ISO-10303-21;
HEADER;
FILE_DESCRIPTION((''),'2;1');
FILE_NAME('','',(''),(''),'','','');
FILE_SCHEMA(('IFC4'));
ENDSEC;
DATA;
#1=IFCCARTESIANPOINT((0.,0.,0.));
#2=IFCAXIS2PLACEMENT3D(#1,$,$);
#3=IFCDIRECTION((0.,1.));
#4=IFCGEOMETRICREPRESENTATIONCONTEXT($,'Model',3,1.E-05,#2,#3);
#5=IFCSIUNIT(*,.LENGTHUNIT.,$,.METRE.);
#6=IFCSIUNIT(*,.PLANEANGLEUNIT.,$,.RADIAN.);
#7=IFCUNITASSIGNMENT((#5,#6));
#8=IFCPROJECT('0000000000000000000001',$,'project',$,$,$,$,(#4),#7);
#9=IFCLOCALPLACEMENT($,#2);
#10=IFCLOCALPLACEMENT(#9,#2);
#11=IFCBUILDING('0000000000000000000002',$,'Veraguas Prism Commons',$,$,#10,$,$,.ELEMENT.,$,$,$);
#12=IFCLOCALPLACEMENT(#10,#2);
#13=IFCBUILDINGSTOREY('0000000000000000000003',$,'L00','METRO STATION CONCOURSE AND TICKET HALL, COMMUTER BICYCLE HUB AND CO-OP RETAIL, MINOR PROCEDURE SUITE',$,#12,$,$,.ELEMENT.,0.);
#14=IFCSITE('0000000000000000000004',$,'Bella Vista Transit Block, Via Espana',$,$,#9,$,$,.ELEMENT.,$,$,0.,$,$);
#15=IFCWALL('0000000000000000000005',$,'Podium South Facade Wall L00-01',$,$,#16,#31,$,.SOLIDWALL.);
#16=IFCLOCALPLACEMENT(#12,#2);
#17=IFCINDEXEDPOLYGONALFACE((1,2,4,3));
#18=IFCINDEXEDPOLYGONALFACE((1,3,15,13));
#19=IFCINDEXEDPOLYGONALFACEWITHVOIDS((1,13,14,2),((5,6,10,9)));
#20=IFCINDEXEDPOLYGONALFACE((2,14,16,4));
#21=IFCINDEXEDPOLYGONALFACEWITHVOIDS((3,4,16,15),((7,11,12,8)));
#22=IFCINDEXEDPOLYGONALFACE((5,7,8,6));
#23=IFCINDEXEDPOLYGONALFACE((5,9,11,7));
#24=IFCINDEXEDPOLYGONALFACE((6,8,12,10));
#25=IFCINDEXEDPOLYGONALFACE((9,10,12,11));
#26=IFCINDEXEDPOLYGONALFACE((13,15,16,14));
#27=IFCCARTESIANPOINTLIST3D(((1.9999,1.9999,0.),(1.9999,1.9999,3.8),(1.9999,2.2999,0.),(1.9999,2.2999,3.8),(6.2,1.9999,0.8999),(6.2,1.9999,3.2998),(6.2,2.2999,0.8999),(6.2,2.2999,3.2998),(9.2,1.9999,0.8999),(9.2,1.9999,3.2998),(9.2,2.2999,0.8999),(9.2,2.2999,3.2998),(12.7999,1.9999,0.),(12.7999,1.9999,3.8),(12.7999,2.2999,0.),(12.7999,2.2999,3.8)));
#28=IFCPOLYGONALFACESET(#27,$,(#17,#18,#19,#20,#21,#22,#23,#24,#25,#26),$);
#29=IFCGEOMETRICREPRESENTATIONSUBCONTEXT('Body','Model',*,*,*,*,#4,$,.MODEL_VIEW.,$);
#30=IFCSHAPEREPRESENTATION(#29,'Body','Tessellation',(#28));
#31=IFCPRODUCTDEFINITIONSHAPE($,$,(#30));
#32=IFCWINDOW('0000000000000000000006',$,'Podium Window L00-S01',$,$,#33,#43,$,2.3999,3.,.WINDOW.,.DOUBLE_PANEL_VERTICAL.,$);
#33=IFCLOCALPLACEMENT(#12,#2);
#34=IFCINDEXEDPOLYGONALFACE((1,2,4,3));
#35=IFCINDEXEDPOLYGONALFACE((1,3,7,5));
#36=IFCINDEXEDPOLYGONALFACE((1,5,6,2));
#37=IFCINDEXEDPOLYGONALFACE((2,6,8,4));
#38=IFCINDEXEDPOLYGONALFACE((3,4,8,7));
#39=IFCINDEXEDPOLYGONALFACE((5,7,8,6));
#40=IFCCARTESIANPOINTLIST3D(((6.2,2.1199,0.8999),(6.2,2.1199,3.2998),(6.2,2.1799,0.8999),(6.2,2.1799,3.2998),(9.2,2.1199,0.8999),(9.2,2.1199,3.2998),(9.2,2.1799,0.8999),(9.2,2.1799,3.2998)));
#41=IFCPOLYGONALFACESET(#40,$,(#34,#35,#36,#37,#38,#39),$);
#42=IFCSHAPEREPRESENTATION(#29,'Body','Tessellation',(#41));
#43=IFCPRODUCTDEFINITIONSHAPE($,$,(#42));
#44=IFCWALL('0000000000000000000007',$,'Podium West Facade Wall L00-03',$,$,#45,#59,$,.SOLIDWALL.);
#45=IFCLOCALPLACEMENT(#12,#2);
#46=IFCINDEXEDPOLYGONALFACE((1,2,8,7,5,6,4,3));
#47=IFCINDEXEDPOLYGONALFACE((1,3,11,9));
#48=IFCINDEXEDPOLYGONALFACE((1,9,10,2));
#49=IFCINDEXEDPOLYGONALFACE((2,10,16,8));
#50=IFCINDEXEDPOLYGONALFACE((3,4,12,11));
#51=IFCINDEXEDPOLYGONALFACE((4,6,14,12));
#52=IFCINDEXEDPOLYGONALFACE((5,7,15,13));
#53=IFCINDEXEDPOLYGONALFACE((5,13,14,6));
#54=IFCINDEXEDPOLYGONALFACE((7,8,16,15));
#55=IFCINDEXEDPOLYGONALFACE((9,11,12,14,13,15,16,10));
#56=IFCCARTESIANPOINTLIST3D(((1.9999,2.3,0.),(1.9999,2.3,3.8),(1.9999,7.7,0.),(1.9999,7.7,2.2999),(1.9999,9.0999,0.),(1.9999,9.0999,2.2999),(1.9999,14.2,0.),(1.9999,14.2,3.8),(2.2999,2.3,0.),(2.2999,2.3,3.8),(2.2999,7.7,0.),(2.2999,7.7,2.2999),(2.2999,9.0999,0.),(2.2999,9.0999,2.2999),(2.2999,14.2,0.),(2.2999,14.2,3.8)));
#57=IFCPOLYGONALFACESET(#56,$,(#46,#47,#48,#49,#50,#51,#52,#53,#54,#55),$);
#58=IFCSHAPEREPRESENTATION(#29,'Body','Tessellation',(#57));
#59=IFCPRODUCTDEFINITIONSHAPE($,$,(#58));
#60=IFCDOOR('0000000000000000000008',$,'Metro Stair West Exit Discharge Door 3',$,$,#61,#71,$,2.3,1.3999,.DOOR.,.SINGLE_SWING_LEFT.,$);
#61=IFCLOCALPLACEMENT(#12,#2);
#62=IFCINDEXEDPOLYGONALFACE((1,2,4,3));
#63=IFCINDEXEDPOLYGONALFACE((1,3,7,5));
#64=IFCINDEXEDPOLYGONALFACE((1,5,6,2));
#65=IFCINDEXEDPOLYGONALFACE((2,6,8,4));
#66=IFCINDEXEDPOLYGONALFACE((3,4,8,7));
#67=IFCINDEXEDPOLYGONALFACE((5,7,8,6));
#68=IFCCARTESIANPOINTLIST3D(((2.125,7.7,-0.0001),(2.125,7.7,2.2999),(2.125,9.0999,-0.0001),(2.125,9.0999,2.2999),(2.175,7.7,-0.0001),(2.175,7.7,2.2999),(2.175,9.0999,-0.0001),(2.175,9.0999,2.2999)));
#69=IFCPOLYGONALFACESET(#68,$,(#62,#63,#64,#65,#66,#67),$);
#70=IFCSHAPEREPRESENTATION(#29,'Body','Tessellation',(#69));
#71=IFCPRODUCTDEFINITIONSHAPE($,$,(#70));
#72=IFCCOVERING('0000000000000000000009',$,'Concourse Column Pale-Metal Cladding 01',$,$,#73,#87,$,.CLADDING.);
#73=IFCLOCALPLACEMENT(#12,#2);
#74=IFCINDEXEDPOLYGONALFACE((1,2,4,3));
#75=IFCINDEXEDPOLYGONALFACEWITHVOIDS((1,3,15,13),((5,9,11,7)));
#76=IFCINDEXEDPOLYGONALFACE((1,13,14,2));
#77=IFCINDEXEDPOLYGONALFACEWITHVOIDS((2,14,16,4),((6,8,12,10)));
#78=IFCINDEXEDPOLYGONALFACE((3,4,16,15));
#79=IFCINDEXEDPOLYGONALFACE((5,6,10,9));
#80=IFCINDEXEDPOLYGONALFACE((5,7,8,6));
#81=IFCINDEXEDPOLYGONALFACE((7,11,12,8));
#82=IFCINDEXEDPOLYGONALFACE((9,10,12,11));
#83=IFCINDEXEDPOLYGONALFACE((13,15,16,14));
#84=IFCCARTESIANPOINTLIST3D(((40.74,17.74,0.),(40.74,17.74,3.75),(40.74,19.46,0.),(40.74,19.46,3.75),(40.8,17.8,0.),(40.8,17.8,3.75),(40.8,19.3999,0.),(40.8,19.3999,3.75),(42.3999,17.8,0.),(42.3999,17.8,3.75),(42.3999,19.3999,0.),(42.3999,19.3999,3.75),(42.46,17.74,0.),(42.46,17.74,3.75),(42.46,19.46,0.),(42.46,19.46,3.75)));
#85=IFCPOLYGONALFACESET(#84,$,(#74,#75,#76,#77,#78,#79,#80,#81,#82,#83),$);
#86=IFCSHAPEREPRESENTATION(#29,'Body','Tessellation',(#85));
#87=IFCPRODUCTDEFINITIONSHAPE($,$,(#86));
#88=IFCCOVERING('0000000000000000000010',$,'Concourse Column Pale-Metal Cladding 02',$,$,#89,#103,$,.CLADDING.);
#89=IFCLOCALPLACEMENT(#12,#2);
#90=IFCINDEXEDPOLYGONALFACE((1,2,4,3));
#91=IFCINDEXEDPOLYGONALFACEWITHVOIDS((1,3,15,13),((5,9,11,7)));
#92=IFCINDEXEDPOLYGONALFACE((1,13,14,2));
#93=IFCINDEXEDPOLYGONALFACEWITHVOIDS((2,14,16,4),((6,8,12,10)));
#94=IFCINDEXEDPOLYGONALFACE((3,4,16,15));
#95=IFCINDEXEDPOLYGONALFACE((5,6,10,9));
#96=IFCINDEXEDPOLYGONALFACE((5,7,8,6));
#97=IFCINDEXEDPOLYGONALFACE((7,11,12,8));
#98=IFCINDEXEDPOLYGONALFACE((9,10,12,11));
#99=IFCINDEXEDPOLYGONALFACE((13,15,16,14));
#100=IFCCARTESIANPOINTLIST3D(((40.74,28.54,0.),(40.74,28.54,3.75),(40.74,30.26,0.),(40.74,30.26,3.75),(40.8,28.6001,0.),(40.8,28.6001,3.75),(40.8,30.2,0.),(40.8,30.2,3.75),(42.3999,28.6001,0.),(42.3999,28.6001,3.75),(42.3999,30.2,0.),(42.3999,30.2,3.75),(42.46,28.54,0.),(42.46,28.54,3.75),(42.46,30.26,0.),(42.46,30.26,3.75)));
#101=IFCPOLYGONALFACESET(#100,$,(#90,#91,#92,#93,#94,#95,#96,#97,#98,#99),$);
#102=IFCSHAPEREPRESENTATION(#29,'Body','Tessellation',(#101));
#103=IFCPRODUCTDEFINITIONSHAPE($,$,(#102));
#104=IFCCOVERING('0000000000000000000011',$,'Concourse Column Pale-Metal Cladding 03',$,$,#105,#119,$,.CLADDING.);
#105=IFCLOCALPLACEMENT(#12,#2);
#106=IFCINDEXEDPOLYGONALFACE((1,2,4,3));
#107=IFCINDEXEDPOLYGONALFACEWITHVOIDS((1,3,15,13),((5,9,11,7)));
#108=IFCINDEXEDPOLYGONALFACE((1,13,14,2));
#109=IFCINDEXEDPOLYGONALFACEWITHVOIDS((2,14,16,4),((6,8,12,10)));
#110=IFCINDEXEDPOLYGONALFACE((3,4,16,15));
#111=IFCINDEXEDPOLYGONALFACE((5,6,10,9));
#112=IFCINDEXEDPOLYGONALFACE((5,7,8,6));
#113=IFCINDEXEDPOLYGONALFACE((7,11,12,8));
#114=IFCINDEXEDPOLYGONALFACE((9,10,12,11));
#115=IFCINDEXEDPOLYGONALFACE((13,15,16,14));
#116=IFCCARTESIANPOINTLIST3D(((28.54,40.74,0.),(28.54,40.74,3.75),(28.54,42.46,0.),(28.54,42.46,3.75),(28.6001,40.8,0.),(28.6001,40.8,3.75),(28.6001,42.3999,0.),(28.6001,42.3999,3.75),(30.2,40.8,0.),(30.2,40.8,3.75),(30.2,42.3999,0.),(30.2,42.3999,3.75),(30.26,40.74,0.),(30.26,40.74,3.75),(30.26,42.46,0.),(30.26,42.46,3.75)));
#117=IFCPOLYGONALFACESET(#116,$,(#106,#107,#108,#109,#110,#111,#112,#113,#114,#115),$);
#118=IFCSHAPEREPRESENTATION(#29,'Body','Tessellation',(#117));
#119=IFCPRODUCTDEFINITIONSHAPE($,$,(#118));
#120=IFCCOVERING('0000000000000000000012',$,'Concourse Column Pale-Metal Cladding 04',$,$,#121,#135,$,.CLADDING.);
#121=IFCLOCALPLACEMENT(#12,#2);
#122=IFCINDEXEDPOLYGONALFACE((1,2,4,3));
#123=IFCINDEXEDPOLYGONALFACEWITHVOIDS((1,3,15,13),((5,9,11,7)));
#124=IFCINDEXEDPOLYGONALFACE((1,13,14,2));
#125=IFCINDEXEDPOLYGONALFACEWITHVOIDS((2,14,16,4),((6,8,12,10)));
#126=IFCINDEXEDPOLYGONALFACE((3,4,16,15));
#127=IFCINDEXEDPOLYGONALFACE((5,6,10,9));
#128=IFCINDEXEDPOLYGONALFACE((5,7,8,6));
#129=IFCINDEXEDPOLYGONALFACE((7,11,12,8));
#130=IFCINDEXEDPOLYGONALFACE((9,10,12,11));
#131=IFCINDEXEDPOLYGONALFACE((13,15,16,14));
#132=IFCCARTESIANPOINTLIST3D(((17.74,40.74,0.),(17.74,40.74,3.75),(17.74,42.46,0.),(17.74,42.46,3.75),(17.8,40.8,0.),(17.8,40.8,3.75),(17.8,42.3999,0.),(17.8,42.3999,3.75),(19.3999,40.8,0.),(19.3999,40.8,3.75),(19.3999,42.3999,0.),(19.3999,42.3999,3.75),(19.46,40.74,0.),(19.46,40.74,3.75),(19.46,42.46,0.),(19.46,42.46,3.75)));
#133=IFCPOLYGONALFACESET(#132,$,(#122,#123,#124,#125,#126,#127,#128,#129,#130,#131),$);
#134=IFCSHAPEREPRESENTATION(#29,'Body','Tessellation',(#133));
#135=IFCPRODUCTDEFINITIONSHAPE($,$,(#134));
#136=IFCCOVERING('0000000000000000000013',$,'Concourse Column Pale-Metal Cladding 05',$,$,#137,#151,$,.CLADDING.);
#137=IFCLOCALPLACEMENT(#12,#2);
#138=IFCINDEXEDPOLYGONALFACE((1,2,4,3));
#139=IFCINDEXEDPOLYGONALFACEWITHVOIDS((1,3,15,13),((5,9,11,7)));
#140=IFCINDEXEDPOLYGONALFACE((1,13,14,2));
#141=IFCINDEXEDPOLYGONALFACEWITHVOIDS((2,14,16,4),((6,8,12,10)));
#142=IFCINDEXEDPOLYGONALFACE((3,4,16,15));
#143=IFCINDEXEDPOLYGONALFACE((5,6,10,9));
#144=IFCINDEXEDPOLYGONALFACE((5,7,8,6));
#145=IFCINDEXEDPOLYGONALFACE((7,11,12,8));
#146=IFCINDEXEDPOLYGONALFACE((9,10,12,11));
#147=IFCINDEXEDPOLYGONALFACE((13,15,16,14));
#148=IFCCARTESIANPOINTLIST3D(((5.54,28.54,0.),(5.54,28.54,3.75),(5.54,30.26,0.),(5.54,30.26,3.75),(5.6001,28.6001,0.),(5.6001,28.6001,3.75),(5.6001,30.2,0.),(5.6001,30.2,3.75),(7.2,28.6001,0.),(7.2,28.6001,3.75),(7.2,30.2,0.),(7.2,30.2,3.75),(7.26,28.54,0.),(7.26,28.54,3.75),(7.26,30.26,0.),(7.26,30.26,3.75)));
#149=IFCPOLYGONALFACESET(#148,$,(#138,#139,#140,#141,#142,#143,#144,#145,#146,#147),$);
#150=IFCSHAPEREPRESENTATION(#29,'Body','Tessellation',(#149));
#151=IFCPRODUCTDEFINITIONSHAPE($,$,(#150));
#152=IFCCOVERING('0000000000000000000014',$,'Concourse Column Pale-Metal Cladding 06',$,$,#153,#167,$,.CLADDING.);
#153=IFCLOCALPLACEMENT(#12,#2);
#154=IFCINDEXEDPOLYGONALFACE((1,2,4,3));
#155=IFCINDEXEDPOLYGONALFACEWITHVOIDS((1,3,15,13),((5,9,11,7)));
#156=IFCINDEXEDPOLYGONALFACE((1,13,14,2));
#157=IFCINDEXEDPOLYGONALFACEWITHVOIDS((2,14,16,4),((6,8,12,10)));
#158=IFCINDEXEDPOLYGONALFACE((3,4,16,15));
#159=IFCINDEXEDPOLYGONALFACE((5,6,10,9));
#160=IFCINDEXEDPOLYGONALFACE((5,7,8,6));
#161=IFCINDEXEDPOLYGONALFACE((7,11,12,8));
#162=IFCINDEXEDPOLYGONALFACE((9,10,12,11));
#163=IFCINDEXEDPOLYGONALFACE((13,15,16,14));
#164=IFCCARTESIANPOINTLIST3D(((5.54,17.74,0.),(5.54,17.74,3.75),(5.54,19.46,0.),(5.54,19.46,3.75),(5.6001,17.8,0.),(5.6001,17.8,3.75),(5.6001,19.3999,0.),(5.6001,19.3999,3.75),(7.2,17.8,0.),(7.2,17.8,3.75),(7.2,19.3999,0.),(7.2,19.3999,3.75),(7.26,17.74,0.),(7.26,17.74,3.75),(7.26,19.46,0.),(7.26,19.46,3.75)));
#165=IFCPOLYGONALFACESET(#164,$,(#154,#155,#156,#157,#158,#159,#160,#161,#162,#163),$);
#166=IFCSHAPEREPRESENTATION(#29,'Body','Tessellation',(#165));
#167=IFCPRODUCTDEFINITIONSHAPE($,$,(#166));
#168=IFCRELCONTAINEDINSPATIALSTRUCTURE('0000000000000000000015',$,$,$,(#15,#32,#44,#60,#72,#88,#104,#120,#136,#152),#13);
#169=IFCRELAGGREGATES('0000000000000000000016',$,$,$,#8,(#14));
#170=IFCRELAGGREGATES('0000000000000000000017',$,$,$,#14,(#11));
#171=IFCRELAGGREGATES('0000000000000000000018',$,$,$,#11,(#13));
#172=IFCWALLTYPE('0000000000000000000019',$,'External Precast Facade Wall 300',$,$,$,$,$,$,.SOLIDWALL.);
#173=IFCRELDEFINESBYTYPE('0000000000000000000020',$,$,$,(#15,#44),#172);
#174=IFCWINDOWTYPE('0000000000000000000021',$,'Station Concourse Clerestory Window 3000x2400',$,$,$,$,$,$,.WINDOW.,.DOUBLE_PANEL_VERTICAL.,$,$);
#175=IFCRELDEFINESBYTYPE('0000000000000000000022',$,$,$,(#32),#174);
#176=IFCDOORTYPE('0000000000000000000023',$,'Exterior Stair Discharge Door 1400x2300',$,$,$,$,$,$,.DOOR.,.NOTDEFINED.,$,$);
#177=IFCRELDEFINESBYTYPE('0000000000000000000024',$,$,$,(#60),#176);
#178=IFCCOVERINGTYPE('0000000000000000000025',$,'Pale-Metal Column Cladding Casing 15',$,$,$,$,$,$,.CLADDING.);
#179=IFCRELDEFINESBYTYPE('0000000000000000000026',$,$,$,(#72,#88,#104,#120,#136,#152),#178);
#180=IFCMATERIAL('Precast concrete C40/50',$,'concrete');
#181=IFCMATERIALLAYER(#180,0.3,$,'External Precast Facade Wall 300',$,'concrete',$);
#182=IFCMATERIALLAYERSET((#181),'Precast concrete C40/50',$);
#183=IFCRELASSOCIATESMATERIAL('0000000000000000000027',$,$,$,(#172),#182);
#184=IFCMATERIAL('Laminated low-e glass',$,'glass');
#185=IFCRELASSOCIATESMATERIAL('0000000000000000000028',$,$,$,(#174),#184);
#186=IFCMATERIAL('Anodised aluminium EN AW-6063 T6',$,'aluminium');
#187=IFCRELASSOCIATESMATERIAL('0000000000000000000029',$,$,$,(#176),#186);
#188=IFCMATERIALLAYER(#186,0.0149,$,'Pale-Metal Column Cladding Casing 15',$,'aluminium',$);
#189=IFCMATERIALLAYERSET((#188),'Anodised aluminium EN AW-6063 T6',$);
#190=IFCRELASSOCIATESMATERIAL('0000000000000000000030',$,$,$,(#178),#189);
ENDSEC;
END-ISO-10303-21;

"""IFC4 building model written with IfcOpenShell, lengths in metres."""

from ifc_helpers import new_model, si_unit, direction, frame, frame_2d, origin, place, context, subcontext, project, spatial, polyline, rectangle, outline, extrude, source, transform, mapped, material, layer, layer_set, type_object, element, fill, save


model = new_model("IFC4")

# Units and contexts
model_context = context("Model", 3, precision=1e-05, world=origin(), true_north=direction((0.0, 1.0)))
body_context = subcontext(model_context, "Body", "Model", "MODEL_VIEW")
ifc_project = project(units=[si_unit("LENGTHUNIT", "METRE"), si_unit("PLANEANGLEUNIT", "RADIAN")], contexts=[model_context])

# Site, building, storey
site_placement = place(None, origin())
site = spatial("IfcSite", under=ifc_project, at=site_placement, Name="Bella Vista Transit Block, Via Espana", CompositionType="ELEMENT", RefElevation=0.0)
building_placement = place(site_placement, origin())
building = spatial("IfcBuilding", under=site, at=building_placement, Name="Veraguas Prism Commons", CompositionType="ELEMENT")
storey_placement = place(building_placement, origin())
storey = spatial("IfcBuildingStorey", under=building, at=storey_placement, Name="L00", Description="METRO STATION CONCOURSE AND TICKET HALL, COMMUTER BICYCLE HUB AND CO-OP RETAIL, MINOR PROCEDURE SUITE", CompositionType="ELEMENT", Elevation=0.0)

# Shared definitions
ifc_material_1 = material(Name="Anodised aluminium EN AW-6063 T6", Category="aluminium")
ifc_material_2 = material(Name="Laminated low-e glass", Category="glass")

# Wall, opening, window
ifc_material_3 = material(Name="Precast concrete C40/50", Category="concrete")
ifc_layer_1 = layer(ifc_material_3, 0.3, Name="External Precast Facade Wall 300", Category="concrete")
ifc_layer_set_1 = layer_set([ifc_layer_1], Name="Precast concrete C40/50")
wall_type_1 = type_object("IfcWallType", Name="External Precast Facade Wall 300", PredefinedType="SOLIDWALL", material=ifc_layer_set_1)
wall_1_placement = place(storey_placement, frame((2.0, 2.1499, 0.0), z_axis=(0.0, 0.0, 1.0), x_axis=(1.0, 0.0, 0.0)))
wall_1 = element("IfcWall", 1, at=wall_1_placement, inside=storey, type_object=wall_type_1, Name="Podium South Facade Wall L00-01", PredefinedType="SOLIDWALL", context=body_context, shape_type="SweptSolid", body=[
    extrude(rectangle(XDim=10.8, YDim=0.3, at=frame_2d((5.3999, 0.0))), origin(), (0.0, 0.0, 1.0), 3.8),
])
opening_1_placement = place(wall_1_placement, frame((4.2, 0.0, 0.8999)))
opening_1 = element("IfcOpeningElement", 2, at=opening_1_placement, cuts=wall_1, PredefinedType="OPENING", context=body_context, shape_type="SweptSolid", body=[
    extrude(rectangle(XDim=3.0, YDim=2.3999, at=frame_2d((1.5, 1.2))), frame((0.0, 0.1599, 0.0), z_axis=(0.0, -1.0, 0.0), x_axis=(1.0, 0.0, 0.0)), (0.0, 0.0, 1.0), 0.3201),
])
window_type = type_object("IfcWindowType", Name="Station Concourse Clerestory Window 3000x2400", PartitioningType="DOUBLE_PANEL_VERTICAL", PredefinedType="WINDOW", material=ifc_material_2)
shared_shape_1 = source(origin(), body_context, "Body", "SweptSolid", [
    extrude(rectangle(XDim=3.0, YDim=2.3999, at=frame_2d((1.5, 1.2))), frame((0.0, 0.03, 0.0), z_axis=(0.0, -1.0, 0.0), x_axis=(1.0, 0.0, 0.0)), (0.0, 0.0, 1.0), 0.0601),
])
window_placement = place(opening_1_placement, origin())
window = element("IfcWindow", 3, at=window_placement, inside=storey, type_object=window_type, Name="Podium Window L00-S01", OverallHeight=2.3999, OverallWidth=3.0, PartitioningType="DOUBLE_PANEL_VERTICAL", PredefinedType="WINDOW", context=body_context, shape_type="MappedRepresentation", body=[
    mapped(shared_shape_1, transform((0.0, 0.0, 0.0), scale=1.0)),
])
fill(opening_1, window)

# Wall, opening, door
wall_2_placement = place(storey_placement, frame((2.1499, 14.2, 0.0), z_axis=(0.0, 0.0, 1.0), x_axis=(0.0, -1.0, 0.0)))
wall_2 = element("IfcWall", 4, at=wall_2_placement, inside=storey, type_object=wall_type_1, Name="Podium West Facade Wall L00-03", PredefinedType="SOLIDWALL", context=body_context, shape_type="SweptSolid", body=[
    extrude(rectangle(XDim=11.8999, YDim=0.3, at=frame_2d((5.95, 0.0))), origin(), (0.0, 0.0, 1.0), 3.8),
])
opening_2_placement = place(wall_2_placement, frame((5.1001, 0.0, 0.0)))
opening_2 = element("IfcOpeningElement", 5, at=opening_2_placement, cuts=wall_2, PredefinedType="OPENING", context=body_context, shape_type="SweptSolid", body=[
    extrude(rectangle(XDim=1.3999, YDim=2.3, at=frame_2d((0.7, 1.1499))), frame((0.0, 0.1599, 0.0), z_axis=(0.0, -1.0, 0.0), x_axis=(1.0, 0.0, 0.0)), (0.0, 0.0, 1.0), 0.3201),
])
door_type_1 = type_object("IfcDoorType", Name="Exterior Stair Discharge Door 1400x2300", OperationType="NOTDEFINED", PredefinedType="DOOR", material=ifc_material_1)
shared_shape_2 = source(origin(), body_context, "Body", "SweptSolid", [
    extrude(rectangle(XDim=1.3999, YDim=2.3, at=frame_2d((0.7, 1.1499))), frame((0.0, 0.0249, 0.0), z_axis=(0.0, -1.0, 0.0), x_axis=(1.0, 0.0, 0.0)), (0.0, 0.0, 1.0), 0.05),
])
door_1_placement = place(opening_2_placement, frame((1.3999, 0.0, 0.0), z_axis=(0.0, 0.0, 1.0), x_axis=(-1.0, 0.0, 0.0)))
door_1 = element("IfcDoor", 6, at=door_1_placement, inside=storey, type_object=door_type_1, Name="Metro Stair West Exit Discharge Door 3", OperationType="SINGLE_SWING_LEFT", OverallHeight=2.3, OverallWidth=1.3999, PredefinedType="DOOR", context=body_context, shape_type="MappedRepresentation", body=[
    mapped(shared_shape_2, transform((0.0, 0.0, 0.0), scale=1.0)),
])
fill(opening_2, door_1)

# Coverings
ifc_layer_2 = layer(ifc_material_1, 0.0149, Name="Pale-Metal Column Cladding Casing 15", Category="aluminium")
ifc_layer_set_2 = layer_set([ifc_layer_2], Name="Anodised aluminium EN AW-6063 T6")
covering_type_1 = type_object("IfcCoveringType", Name="Pale-Metal Column Cladding Casing 15", PredefinedType="CLADDING", material=ifc_layer_set_2)
covering_1_placement = place(storey_placement, origin())
element("IfcCovering", 7, at=covering_1_placement, inside=storey, type_object=covering_type_1, Name="Concourse Column Pale-Metal Cladding 01", PredefinedType="CLADDING", context=body_context, shape_type="SweptSolid", body=[
    extrude(outline(polyline([(40.74, 17.74), (42.46, 17.74), (42.46, 19.46), (40.74, 19.46), (40.74, 17.74)]), holes=[polyline([(40.8, 17.8), (42.3999, 17.8), (42.3999, 19.3999), (40.8, 19.3999), (40.8, 17.8)])]), origin(), (0.0, 0.0, 1.0), 3.75),
])
covering_2_placement = place(storey_placement, origin())
element("IfcCovering", 8, at=covering_2_placement, inside=storey, type_object=covering_type_1, Name="Concourse Column Pale-Metal Cladding 02", PredefinedType="CLADDING", context=body_context, shape_type="SweptSolid", body=[
    extrude(outline(polyline([(40.74, 28.54), (42.46, 28.54), (42.46, 30.26), (40.74, 30.26), (40.74, 28.54)]), holes=[polyline([(40.8, 28.6001), (42.3999, 28.6001), (42.3999, 30.2), (40.8, 30.2), (40.8, 28.6001)])]), origin(), (0.0, 0.0, 1.0), 3.75),
])
covering_3_placement = place(storey_placement, origin())
element("IfcCovering", 9, at=covering_3_placement, inside=storey, type_object=covering_type_1, Name="Concourse Column Pale-Metal Cladding 03", PredefinedType="CLADDING", context=body_context, shape_type="SweptSolid", body=[
    extrude(outline(polyline([(28.54, 40.74), (30.26, 40.74), (30.26, 42.46), (28.54, 42.46), (28.54, 40.74)]), holes=[polyline([(28.6001, 40.8), (30.2, 40.8), (30.2, 42.3999), (28.6001, 42.3999), (28.6001, 40.8)])]), origin(), (0.0, 0.0, 1.0), 3.75),
])
covering_4_placement = place(storey_placement, origin())
element("IfcCovering", 10, at=covering_4_placement, inside=storey, type_object=covering_type_1, Name="Concourse Column Pale-Metal Cladding 04", PredefinedType="CLADDING", context=body_context, shape_type="SweptSolid", body=[
    extrude(outline(polyline([(17.74, 40.74), (19.46, 40.74), (19.46, 42.46), (17.74, 42.46), (17.74, 40.74)]), holes=[polyline([(17.8, 40.8), (19.3999, 40.8), (19.3999, 42.3999), (17.8, 42.3999), (17.8, 40.8)])]), origin(), (0.0, 0.0, 1.0), 3.75),
])
covering_5_placement = place(storey_placement, origin())
element("IfcCovering", 11, at=covering_5_placement, inside=storey, type_object=covering_type_1, Name="Concourse Column Pale-Metal Cladding 05", PredefinedType="CLADDING", context=body_context, shape_type="SweptSolid", body=[
    extrude(outline(polyline([(5.54, 28.54), (7.26, 28.54), (7.26, 30.26), (5.54, 30.26), (5.54, 28.54)]), holes=[polyline([(5.6001, 28.6001), (7.2, 28.6001), (7.2, 30.2), (5.6001, 30.2), (5.6001, 28.6001)])]), origin(), (0.0, 0.0, 1.0), 3.75),
])
covering_6_placement = place(storey_placement, origin())
element("IfcCovering", 12, at=covering_6_placement, inside=storey, type_object=covering_type_1, Name="Concourse Column Pale-Metal Cladding 06", PredefinedType="CLADDING", context=body_context, shape_type="SweptSolid", body=[
    extrude(outline(polyline([(5.54, 17.74), (7.26, 17.74), (7.26, 19.46), (5.54, 19.46), (5.54, 17.74)]), holes=[polyline([(5.6001, 17.8), (7.2, 17.8), (7.2, 19.3999), (5.6001, 19.3999), (5.6001, 17.8)])]), origin(), (0.0, 0.0, 1.0), 3.75),
])

save(model, "model.ifc")
